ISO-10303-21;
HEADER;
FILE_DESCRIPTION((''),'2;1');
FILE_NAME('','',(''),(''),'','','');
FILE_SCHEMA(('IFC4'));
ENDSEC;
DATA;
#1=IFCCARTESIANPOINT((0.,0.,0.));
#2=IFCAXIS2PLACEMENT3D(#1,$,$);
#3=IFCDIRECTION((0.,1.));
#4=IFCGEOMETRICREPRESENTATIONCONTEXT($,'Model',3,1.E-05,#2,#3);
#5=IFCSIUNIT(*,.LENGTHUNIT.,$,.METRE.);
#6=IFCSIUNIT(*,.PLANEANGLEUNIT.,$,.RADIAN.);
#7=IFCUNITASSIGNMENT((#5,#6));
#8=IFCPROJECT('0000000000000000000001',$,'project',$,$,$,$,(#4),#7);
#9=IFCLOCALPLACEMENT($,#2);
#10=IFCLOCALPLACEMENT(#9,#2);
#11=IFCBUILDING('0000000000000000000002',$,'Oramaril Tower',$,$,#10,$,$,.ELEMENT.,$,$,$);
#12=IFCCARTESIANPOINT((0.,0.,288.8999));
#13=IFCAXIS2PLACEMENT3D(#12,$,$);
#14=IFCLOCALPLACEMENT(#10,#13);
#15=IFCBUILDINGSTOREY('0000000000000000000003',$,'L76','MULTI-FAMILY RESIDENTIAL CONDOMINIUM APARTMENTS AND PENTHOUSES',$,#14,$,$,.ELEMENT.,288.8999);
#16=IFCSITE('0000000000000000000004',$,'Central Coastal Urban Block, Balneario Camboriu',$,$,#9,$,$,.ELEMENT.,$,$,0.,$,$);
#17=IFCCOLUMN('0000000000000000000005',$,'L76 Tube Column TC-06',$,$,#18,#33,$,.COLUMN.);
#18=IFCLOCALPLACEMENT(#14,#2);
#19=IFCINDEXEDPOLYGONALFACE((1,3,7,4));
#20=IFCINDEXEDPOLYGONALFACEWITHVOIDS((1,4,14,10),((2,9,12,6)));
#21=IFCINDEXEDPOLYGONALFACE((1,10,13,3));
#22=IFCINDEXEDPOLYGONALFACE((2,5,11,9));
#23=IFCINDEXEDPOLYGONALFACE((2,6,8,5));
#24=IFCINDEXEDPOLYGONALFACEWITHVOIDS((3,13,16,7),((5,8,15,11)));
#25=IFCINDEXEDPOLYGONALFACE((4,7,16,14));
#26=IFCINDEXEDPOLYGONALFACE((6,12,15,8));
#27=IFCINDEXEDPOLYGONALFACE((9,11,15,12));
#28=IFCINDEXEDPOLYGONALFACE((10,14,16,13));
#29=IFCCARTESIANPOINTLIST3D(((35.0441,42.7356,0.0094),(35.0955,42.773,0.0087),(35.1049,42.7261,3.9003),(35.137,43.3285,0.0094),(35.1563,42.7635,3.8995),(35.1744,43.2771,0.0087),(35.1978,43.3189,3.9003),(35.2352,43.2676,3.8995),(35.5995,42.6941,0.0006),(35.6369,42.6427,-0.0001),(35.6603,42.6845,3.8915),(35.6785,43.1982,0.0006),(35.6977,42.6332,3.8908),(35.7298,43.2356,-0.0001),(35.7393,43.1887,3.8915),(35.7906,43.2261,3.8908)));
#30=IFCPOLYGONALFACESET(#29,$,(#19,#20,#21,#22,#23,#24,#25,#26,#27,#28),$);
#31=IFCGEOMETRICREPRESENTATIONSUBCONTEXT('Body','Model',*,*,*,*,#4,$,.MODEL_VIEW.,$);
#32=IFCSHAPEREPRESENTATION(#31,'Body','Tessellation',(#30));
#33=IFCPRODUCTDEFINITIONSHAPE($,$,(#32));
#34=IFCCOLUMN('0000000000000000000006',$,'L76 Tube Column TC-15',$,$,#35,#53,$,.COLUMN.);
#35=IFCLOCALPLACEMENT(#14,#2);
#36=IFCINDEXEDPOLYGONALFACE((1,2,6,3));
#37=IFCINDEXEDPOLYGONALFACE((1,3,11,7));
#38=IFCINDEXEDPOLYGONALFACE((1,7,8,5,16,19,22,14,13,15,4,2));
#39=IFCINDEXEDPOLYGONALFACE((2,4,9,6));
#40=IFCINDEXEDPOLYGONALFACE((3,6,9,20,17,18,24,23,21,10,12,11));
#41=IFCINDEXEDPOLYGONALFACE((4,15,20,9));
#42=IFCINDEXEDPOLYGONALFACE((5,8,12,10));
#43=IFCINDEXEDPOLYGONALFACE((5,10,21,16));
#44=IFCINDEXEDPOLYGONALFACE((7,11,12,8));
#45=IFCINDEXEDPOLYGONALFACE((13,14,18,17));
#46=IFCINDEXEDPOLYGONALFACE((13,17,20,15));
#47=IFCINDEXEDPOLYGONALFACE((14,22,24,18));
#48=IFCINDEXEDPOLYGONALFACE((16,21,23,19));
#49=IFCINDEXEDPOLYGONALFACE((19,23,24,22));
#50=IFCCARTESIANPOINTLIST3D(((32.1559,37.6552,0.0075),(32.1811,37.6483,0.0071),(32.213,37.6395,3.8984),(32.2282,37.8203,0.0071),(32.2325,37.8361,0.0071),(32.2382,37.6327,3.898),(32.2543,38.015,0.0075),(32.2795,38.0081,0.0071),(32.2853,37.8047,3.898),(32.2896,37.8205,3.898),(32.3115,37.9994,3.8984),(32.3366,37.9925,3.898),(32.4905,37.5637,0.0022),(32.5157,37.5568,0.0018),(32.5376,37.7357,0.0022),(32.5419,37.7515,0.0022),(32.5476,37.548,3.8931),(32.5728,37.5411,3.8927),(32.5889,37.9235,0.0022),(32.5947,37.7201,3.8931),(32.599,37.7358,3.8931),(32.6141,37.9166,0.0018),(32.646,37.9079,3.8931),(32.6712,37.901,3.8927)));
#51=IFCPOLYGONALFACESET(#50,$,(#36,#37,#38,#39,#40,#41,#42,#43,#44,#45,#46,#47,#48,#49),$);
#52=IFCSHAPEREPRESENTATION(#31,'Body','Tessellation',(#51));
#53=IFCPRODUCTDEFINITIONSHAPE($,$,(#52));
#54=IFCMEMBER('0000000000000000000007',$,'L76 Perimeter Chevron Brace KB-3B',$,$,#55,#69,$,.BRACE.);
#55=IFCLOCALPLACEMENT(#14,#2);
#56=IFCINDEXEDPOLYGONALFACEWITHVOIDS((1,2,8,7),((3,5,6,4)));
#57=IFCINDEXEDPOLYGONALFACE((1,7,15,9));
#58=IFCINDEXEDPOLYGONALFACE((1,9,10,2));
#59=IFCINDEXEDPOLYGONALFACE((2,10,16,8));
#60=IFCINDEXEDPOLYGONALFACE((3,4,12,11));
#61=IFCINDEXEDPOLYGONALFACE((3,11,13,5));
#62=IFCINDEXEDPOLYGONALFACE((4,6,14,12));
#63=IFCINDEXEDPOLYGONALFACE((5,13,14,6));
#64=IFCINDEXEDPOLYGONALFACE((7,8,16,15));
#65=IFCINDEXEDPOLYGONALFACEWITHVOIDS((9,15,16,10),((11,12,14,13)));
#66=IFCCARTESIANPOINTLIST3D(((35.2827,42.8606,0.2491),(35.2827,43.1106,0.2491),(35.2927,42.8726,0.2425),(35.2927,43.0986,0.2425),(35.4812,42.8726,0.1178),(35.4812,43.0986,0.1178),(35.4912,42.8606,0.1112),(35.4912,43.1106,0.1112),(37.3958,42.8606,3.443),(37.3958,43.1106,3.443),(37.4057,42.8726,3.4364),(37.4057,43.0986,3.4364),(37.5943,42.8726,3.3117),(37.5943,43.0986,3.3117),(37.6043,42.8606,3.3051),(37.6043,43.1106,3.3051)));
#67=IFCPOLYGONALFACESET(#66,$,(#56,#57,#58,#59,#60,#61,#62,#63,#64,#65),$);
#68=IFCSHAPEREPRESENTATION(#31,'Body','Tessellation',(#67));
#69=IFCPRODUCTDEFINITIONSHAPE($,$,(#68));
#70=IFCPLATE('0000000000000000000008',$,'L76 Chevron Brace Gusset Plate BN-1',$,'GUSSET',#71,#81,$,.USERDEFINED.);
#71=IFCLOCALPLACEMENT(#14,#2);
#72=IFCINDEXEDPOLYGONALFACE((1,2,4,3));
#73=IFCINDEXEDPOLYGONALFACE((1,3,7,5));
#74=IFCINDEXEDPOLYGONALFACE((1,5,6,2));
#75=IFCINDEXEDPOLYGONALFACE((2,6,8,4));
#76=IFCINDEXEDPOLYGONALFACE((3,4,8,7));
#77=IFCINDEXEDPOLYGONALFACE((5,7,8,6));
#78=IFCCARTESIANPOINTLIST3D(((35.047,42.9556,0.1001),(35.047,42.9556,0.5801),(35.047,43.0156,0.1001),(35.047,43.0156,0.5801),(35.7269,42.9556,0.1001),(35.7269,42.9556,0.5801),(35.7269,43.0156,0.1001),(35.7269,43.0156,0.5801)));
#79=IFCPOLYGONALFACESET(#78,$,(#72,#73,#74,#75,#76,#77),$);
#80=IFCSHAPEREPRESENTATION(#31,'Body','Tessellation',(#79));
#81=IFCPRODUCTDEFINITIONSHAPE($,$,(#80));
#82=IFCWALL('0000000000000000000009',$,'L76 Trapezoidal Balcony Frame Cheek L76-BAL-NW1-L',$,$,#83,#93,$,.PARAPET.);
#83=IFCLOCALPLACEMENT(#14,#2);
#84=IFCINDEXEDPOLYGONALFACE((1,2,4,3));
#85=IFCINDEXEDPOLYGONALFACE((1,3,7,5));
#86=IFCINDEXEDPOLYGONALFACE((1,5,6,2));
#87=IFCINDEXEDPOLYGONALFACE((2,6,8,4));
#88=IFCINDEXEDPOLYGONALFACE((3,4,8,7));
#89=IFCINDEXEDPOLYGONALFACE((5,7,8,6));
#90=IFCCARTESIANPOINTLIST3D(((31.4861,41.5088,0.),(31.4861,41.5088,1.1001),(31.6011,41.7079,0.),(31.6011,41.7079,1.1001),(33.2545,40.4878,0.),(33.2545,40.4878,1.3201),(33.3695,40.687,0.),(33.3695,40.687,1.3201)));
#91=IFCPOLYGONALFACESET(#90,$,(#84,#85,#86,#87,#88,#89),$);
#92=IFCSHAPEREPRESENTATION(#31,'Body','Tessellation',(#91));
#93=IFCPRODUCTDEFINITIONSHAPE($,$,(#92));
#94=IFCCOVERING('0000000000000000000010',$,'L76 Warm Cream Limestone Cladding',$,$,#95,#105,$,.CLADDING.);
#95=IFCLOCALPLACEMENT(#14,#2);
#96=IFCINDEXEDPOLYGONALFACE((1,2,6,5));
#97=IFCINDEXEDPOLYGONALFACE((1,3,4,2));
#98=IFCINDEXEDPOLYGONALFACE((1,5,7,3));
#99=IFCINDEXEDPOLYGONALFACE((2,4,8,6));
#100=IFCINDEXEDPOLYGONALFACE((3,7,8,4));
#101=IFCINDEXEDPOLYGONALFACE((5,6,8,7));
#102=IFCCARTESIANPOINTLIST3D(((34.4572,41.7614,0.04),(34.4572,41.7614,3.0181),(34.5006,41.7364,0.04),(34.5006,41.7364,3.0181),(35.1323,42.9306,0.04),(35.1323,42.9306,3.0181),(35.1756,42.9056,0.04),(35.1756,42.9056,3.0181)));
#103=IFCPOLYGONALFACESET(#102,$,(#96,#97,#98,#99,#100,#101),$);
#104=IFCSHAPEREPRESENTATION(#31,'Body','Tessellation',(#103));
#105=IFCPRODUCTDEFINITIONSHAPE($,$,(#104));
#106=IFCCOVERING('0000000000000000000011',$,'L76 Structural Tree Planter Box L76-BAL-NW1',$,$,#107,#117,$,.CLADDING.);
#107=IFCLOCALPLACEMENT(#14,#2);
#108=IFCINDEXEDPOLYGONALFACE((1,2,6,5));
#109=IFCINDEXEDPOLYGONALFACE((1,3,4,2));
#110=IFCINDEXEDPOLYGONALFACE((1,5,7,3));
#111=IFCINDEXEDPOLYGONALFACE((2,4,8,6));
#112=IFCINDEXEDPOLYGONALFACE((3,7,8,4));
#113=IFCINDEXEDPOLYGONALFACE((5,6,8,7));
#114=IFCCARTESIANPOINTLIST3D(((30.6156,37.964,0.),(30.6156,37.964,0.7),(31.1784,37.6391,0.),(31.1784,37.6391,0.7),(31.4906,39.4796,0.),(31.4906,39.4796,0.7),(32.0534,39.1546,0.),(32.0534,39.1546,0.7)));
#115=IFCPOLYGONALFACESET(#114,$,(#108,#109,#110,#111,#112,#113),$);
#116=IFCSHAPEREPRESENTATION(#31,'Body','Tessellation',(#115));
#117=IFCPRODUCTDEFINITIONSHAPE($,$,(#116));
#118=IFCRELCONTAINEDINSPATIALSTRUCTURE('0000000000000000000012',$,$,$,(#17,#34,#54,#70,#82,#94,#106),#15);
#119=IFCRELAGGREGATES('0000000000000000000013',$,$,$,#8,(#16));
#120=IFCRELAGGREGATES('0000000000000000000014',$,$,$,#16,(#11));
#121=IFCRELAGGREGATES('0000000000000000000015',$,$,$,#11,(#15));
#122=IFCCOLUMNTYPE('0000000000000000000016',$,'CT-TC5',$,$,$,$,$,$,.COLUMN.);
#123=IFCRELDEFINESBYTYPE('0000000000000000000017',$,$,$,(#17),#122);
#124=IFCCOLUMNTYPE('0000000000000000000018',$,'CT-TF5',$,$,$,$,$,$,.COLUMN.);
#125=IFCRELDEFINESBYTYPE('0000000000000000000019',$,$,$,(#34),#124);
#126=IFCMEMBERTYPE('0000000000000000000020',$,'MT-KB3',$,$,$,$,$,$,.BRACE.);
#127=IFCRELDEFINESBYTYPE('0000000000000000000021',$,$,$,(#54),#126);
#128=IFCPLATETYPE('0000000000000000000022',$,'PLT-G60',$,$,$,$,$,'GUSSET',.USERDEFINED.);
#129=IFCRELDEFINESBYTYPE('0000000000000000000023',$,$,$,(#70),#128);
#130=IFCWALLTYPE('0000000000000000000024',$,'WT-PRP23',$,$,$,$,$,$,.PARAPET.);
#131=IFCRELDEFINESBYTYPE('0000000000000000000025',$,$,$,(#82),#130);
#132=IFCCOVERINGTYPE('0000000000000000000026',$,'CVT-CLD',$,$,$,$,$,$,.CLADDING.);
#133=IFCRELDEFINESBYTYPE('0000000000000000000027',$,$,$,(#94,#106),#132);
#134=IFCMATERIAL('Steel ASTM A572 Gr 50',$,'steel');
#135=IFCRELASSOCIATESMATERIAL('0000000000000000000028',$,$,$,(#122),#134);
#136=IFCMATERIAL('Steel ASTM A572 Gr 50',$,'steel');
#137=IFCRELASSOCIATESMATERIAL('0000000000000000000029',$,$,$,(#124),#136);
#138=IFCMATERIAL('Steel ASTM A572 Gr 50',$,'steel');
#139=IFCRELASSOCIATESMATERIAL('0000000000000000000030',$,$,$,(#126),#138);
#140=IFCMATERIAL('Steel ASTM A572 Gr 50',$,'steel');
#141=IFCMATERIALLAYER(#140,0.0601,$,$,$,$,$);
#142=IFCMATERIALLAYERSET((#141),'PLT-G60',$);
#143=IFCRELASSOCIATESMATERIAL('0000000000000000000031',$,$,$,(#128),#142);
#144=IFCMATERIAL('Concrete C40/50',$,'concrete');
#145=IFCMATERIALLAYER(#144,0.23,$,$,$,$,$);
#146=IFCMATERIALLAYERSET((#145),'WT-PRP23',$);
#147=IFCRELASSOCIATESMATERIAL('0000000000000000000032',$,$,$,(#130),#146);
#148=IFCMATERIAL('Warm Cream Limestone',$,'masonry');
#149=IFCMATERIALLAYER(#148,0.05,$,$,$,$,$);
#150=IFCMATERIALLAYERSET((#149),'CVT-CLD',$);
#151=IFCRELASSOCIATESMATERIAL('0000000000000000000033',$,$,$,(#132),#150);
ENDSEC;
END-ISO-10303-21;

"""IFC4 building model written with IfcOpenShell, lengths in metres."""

from ifc_helpers import new_model, si_unit, direction, frame, origin, origin_2d, place, context, subcontext, project, spatial, polyline, rectangle, hollow_rectangle, i_section, outline, extrude, material, layer, layer_set, material_profile, profile_set, type_object, element, save


model = new_model("IFC4")

# Units and contexts
model_context = context("Model", 3, precision=1e-05, world=origin(), true_north=direction((0.0, 1.0)))
body_context = subcontext(model_context, "Body", "Model", "MODEL_VIEW")
ifc_project = project(units=[si_unit("LENGTHUNIT", "METRE"), si_unit("PLANEANGLEUNIT", "RADIAN")], contexts=[model_context])

# Site, building, storey
site_placement = place(None, origin())
site = spatial("IfcSite", under=ifc_project, at=site_placement, Name="Central Coastal Urban Block, Balneario Camboriu", CompositionType="ELEMENT", RefElevation=0.0)
building_placement = place(site_placement, origin())
building = spatial("IfcBuilding", under=site, at=building_placement, Name="Oramaril Tower", CompositionType="ELEMENT")
storey_placement = place(building_placement, frame((0.0, 0.0, 288.8999)))
storey = spatial("IfcBuildingStorey", under=building, at=storey_placement, Name="L76", Description="MULTI-FAMILY RESIDENTIAL CONDOMINIUM APARTMENTS AND PENTHOUSES", CompositionType="ELEMENT", Elevation=288.8999)

# Columns
ifc_material_1 = material(Name="Steel ASTM A572 Gr 50", Category="steel")
ifc_material_profile_1 = material_profile(ifc_material_1, hollow_rectangle(XDim=0.6001, YDim=0.6001, WallThickness=0.0449, at=origin_2d()), Name="BOX600X600X45")
ifc_profile_set_1 = profile_set([ifc_material_profile_1], Name="Steel ASTM A572 Gr 50")
column_type_1 = type_object("IfcColumnType", Name="CT-TC5", PredefinedType="COLUMN", material=ifc_profile_set_1)
column_1_placement = place(storey_placement, frame((35.387, 42.9856, 0.0046), z_axis=(0.015622, -0.002447, 0.999875), x_axis=(0.15474, 0.987955, 0.0)))
element("IfcColumn", 1, at=column_1_placement, inside=storey, type_object=column_type_1, Name="L76 Tube Column TC-06", PredefinedType="COLUMN", context=body_context, shape_type="SweptSolid", body=[
    extrude(hollow_rectangle(XDim=0.6001, YDim=0.6001, WallThickness=0.0449, at=origin_2d()), origin(), (0.0, 0.0, 1.0), 3.8914),
])
ifc_material_2 = material(Name="Steel ASTM A572 Gr 50", Category="steel")
ifc_material_profile_2 = material_profile(ifc_material_2, i_section(OverallWidth=0.373, OverallDepth=0.373, WebThickness=0.0164, FlangeThickness=0.0261, at=origin_2d()), Name="W14X132")
ifc_profile_set_2 = profile_set([ifc_material_profile_2], Name="Steel ASTM A572 Gr 50")
column_type_2 = type_object("IfcColumnType", Name="CT-TF5", PredefinedType="COLUMN", material=ifc_profile_set_2)
column_2_placement = place(storey_placement, frame((32.385, 37.7859, 0.0046), z_axis=(0.014681, -0.004015, 0.999884), x_axis=(0.263815, 0.964573, 0.0)))
element("IfcColumn", 2, at=column_2_placement, inside=storey, type_object=column_type_2, Name="L76 Tube Column TC-15", PredefinedType="COLUMN", context=body_context, shape_type="SweptSolid", body=[
    extrude(i_section(OverallWidth=0.373, OverallDepth=0.373, WebThickness=0.0164, FlangeThickness=0.0261, at=origin_2d()), origin(), (0.0, 0.0, 1.0), 3.8914),
])

# Member
ifc_material_3 = material(Name="Steel ASTM A572 Gr 50", Category="steel")
ifc_material_profile_3 = material_profile(ifc_material_3, hollow_rectangle(XDim=0.25, YDim=0.25, WallThickness=0.012, at=origin_2d()), Name="HSS250X250X12")
ifc_profile_set_3 = profile_set([ifc_material_profile_3], Name="Steel ASTM A572 Gr 50")
member_type = type_object("IfcMemberType", Name="MT-KB3", PredefinedType="BRACE", material=ifc_profile_set_3)
member_placement = place(storey_placement, frame((35.387, 42.9856, 0.1802), z_axis=(0.551769, 0.0, 0.833997), x_axis=(0.0, 1.0, 0.0)))
element("IfcMember", 3, at=member_placement, inside=storey, type_object=member_type, Name="L76 Perimeter Chevron Brace KB-3B", PredefinedType="BRACE", context=body_context, shape_type="SweptSolid", body=[
    extrude(hollow_rectangle(XDim=0.25, YDim=0.25, WallThickness=0.012, at=origin_2d()), origin(), (0.0, 0.0, 1.0), 3.8296),
])

# Plate
ifc_material_4 = material(Name="Steel ASTM A572 Gr 50", Category="steel")
ifc_layer_1 = layer(ifc_material_4, 0.0601)
ifc_layer_set_1 = layer_set([ifc_layer_1], Name="PLT-G60")
plate_type = type_object("IfcPlateType", Name="PLT-G60", ElementType="GUSSET", PredefinedType="USERDEFINED", material=ifc_layer_set_1)
plate_placement = place(storey_placement, frame((35.387, 42.9856, 0.1001), z_axis=(0.0, 0.0, 1.0), x_axis=(-1.0, 0.0, 0.0)))
element("IfcPlate", 4, at=plate_placement, inside=storey, type_object=plate_type, Name="L76 Chevron Brace Gusset Plate BN-1", ObjectType="GUSSET", PredefinedType="USERDEFINED", context=body_context, shape_type="SweptSolid", body=[
    extrude(rectangle(XDim=0.6799, YDim=0.0601, at=origin_2d()), origin(), (0.0, 0.0, 1.0), 0.48),
])

# Wall
ifc_material_5 = material(Name="Concrete C40/50", Category="concrete")
ifc_layer_2 = layer(ifc_material_5, 0.23)
ifc_layer_set_2 = layer_set([ifc_layer_2], Name="WT-PRP23")
wall_type_1 = type_object("IfcWallType", Name="WT-PRP23", PredefinedType="PARAPET", material=ifc_layer_set_2)
wall_1_placement = place(storey_placement, frame((33.312, 40.5874, 0.0), z_axis=(0.0, 0.0, 1.0), x_axis=(-0.866042, 0.499971, 0.0)))
element("IfcWall", 5, at=wall_1_placement, inside=storey, type_object=wall_type_1, Name="L76 Trapezoidal Balcony Frame Cheek L76-BAL-NW1-L", PredefinedType="PARAPET", context=body_context, shape_type="SweptSolid", body=[
    extrude(outline(polyline([(0.0, 0.0), (2.042, 0.0), (2.042, 1.1001), (0.0, 1.3201), (0.0, 0.0)])), frame((0.0, 0.115, 0.0), z_axis=(0.0, -1.0, 0.0), x_axis=(1.0, 0.0, 0.0)), (0.0, 0.0, 1.0), 0.23),
])

# Coverings
ifc_material_6 = material(Name="Warm Cream Limestone", Category="masonry")
ifc_layer_3 = layer(ifc_material_6, 0.05)
ifc_layer_set_3 = layer_set([ifc_layer_3], Name="CVT-CLD")
covering_type = type_object("IfcCoveringType", Name="CVT-CLD", PredefinedType="CLADDING", material=ifc_layer_set_3)
covering_1_placement = place(storey_placement, frame((34.8164, 42.3335, 0.04), z_axis=(0.0, 0.0, 1.0), x_axis=(-0.499998, -0.866026, 0.0)))
element("IfcCovering", 6, at=covering_1_placement, inside=storey, type_object=covering_type, Name="L76 Warm Cream Limestone Cladding", PredefinedType="CLADDING", context=body_context, shape_type="SweptSolid", body=[
    extrude(rectangle(XDim=1.3501, YDim=0.05, at=origin_2d()), origin(), (0.0, 0.0, 1.0), 2.978),
])
covering_2_placement = place(storey_placement, frame((31.3345, 38.5593, 0.0), z_axis=(0.0, 0.0, 1.0), x_axis=(-0.499998, -0.866026, 0.0)))
element("IfcCovering", 7, at=covering_2_placement, inside=storey, type_object=covering_type, Name="L76 Structural Tree Planter Box L76-BAL-NW1", PredefinedType="CLADDING", context=body_context, shape_type="SweptSolid", body=[
    extrude(rectangle(XDim=1.75, YDim=0.6499, at=origin_2d()), origin(), (0.0, 0.0, 1.0), 0.7),
])

save(model, "model.ifc")
